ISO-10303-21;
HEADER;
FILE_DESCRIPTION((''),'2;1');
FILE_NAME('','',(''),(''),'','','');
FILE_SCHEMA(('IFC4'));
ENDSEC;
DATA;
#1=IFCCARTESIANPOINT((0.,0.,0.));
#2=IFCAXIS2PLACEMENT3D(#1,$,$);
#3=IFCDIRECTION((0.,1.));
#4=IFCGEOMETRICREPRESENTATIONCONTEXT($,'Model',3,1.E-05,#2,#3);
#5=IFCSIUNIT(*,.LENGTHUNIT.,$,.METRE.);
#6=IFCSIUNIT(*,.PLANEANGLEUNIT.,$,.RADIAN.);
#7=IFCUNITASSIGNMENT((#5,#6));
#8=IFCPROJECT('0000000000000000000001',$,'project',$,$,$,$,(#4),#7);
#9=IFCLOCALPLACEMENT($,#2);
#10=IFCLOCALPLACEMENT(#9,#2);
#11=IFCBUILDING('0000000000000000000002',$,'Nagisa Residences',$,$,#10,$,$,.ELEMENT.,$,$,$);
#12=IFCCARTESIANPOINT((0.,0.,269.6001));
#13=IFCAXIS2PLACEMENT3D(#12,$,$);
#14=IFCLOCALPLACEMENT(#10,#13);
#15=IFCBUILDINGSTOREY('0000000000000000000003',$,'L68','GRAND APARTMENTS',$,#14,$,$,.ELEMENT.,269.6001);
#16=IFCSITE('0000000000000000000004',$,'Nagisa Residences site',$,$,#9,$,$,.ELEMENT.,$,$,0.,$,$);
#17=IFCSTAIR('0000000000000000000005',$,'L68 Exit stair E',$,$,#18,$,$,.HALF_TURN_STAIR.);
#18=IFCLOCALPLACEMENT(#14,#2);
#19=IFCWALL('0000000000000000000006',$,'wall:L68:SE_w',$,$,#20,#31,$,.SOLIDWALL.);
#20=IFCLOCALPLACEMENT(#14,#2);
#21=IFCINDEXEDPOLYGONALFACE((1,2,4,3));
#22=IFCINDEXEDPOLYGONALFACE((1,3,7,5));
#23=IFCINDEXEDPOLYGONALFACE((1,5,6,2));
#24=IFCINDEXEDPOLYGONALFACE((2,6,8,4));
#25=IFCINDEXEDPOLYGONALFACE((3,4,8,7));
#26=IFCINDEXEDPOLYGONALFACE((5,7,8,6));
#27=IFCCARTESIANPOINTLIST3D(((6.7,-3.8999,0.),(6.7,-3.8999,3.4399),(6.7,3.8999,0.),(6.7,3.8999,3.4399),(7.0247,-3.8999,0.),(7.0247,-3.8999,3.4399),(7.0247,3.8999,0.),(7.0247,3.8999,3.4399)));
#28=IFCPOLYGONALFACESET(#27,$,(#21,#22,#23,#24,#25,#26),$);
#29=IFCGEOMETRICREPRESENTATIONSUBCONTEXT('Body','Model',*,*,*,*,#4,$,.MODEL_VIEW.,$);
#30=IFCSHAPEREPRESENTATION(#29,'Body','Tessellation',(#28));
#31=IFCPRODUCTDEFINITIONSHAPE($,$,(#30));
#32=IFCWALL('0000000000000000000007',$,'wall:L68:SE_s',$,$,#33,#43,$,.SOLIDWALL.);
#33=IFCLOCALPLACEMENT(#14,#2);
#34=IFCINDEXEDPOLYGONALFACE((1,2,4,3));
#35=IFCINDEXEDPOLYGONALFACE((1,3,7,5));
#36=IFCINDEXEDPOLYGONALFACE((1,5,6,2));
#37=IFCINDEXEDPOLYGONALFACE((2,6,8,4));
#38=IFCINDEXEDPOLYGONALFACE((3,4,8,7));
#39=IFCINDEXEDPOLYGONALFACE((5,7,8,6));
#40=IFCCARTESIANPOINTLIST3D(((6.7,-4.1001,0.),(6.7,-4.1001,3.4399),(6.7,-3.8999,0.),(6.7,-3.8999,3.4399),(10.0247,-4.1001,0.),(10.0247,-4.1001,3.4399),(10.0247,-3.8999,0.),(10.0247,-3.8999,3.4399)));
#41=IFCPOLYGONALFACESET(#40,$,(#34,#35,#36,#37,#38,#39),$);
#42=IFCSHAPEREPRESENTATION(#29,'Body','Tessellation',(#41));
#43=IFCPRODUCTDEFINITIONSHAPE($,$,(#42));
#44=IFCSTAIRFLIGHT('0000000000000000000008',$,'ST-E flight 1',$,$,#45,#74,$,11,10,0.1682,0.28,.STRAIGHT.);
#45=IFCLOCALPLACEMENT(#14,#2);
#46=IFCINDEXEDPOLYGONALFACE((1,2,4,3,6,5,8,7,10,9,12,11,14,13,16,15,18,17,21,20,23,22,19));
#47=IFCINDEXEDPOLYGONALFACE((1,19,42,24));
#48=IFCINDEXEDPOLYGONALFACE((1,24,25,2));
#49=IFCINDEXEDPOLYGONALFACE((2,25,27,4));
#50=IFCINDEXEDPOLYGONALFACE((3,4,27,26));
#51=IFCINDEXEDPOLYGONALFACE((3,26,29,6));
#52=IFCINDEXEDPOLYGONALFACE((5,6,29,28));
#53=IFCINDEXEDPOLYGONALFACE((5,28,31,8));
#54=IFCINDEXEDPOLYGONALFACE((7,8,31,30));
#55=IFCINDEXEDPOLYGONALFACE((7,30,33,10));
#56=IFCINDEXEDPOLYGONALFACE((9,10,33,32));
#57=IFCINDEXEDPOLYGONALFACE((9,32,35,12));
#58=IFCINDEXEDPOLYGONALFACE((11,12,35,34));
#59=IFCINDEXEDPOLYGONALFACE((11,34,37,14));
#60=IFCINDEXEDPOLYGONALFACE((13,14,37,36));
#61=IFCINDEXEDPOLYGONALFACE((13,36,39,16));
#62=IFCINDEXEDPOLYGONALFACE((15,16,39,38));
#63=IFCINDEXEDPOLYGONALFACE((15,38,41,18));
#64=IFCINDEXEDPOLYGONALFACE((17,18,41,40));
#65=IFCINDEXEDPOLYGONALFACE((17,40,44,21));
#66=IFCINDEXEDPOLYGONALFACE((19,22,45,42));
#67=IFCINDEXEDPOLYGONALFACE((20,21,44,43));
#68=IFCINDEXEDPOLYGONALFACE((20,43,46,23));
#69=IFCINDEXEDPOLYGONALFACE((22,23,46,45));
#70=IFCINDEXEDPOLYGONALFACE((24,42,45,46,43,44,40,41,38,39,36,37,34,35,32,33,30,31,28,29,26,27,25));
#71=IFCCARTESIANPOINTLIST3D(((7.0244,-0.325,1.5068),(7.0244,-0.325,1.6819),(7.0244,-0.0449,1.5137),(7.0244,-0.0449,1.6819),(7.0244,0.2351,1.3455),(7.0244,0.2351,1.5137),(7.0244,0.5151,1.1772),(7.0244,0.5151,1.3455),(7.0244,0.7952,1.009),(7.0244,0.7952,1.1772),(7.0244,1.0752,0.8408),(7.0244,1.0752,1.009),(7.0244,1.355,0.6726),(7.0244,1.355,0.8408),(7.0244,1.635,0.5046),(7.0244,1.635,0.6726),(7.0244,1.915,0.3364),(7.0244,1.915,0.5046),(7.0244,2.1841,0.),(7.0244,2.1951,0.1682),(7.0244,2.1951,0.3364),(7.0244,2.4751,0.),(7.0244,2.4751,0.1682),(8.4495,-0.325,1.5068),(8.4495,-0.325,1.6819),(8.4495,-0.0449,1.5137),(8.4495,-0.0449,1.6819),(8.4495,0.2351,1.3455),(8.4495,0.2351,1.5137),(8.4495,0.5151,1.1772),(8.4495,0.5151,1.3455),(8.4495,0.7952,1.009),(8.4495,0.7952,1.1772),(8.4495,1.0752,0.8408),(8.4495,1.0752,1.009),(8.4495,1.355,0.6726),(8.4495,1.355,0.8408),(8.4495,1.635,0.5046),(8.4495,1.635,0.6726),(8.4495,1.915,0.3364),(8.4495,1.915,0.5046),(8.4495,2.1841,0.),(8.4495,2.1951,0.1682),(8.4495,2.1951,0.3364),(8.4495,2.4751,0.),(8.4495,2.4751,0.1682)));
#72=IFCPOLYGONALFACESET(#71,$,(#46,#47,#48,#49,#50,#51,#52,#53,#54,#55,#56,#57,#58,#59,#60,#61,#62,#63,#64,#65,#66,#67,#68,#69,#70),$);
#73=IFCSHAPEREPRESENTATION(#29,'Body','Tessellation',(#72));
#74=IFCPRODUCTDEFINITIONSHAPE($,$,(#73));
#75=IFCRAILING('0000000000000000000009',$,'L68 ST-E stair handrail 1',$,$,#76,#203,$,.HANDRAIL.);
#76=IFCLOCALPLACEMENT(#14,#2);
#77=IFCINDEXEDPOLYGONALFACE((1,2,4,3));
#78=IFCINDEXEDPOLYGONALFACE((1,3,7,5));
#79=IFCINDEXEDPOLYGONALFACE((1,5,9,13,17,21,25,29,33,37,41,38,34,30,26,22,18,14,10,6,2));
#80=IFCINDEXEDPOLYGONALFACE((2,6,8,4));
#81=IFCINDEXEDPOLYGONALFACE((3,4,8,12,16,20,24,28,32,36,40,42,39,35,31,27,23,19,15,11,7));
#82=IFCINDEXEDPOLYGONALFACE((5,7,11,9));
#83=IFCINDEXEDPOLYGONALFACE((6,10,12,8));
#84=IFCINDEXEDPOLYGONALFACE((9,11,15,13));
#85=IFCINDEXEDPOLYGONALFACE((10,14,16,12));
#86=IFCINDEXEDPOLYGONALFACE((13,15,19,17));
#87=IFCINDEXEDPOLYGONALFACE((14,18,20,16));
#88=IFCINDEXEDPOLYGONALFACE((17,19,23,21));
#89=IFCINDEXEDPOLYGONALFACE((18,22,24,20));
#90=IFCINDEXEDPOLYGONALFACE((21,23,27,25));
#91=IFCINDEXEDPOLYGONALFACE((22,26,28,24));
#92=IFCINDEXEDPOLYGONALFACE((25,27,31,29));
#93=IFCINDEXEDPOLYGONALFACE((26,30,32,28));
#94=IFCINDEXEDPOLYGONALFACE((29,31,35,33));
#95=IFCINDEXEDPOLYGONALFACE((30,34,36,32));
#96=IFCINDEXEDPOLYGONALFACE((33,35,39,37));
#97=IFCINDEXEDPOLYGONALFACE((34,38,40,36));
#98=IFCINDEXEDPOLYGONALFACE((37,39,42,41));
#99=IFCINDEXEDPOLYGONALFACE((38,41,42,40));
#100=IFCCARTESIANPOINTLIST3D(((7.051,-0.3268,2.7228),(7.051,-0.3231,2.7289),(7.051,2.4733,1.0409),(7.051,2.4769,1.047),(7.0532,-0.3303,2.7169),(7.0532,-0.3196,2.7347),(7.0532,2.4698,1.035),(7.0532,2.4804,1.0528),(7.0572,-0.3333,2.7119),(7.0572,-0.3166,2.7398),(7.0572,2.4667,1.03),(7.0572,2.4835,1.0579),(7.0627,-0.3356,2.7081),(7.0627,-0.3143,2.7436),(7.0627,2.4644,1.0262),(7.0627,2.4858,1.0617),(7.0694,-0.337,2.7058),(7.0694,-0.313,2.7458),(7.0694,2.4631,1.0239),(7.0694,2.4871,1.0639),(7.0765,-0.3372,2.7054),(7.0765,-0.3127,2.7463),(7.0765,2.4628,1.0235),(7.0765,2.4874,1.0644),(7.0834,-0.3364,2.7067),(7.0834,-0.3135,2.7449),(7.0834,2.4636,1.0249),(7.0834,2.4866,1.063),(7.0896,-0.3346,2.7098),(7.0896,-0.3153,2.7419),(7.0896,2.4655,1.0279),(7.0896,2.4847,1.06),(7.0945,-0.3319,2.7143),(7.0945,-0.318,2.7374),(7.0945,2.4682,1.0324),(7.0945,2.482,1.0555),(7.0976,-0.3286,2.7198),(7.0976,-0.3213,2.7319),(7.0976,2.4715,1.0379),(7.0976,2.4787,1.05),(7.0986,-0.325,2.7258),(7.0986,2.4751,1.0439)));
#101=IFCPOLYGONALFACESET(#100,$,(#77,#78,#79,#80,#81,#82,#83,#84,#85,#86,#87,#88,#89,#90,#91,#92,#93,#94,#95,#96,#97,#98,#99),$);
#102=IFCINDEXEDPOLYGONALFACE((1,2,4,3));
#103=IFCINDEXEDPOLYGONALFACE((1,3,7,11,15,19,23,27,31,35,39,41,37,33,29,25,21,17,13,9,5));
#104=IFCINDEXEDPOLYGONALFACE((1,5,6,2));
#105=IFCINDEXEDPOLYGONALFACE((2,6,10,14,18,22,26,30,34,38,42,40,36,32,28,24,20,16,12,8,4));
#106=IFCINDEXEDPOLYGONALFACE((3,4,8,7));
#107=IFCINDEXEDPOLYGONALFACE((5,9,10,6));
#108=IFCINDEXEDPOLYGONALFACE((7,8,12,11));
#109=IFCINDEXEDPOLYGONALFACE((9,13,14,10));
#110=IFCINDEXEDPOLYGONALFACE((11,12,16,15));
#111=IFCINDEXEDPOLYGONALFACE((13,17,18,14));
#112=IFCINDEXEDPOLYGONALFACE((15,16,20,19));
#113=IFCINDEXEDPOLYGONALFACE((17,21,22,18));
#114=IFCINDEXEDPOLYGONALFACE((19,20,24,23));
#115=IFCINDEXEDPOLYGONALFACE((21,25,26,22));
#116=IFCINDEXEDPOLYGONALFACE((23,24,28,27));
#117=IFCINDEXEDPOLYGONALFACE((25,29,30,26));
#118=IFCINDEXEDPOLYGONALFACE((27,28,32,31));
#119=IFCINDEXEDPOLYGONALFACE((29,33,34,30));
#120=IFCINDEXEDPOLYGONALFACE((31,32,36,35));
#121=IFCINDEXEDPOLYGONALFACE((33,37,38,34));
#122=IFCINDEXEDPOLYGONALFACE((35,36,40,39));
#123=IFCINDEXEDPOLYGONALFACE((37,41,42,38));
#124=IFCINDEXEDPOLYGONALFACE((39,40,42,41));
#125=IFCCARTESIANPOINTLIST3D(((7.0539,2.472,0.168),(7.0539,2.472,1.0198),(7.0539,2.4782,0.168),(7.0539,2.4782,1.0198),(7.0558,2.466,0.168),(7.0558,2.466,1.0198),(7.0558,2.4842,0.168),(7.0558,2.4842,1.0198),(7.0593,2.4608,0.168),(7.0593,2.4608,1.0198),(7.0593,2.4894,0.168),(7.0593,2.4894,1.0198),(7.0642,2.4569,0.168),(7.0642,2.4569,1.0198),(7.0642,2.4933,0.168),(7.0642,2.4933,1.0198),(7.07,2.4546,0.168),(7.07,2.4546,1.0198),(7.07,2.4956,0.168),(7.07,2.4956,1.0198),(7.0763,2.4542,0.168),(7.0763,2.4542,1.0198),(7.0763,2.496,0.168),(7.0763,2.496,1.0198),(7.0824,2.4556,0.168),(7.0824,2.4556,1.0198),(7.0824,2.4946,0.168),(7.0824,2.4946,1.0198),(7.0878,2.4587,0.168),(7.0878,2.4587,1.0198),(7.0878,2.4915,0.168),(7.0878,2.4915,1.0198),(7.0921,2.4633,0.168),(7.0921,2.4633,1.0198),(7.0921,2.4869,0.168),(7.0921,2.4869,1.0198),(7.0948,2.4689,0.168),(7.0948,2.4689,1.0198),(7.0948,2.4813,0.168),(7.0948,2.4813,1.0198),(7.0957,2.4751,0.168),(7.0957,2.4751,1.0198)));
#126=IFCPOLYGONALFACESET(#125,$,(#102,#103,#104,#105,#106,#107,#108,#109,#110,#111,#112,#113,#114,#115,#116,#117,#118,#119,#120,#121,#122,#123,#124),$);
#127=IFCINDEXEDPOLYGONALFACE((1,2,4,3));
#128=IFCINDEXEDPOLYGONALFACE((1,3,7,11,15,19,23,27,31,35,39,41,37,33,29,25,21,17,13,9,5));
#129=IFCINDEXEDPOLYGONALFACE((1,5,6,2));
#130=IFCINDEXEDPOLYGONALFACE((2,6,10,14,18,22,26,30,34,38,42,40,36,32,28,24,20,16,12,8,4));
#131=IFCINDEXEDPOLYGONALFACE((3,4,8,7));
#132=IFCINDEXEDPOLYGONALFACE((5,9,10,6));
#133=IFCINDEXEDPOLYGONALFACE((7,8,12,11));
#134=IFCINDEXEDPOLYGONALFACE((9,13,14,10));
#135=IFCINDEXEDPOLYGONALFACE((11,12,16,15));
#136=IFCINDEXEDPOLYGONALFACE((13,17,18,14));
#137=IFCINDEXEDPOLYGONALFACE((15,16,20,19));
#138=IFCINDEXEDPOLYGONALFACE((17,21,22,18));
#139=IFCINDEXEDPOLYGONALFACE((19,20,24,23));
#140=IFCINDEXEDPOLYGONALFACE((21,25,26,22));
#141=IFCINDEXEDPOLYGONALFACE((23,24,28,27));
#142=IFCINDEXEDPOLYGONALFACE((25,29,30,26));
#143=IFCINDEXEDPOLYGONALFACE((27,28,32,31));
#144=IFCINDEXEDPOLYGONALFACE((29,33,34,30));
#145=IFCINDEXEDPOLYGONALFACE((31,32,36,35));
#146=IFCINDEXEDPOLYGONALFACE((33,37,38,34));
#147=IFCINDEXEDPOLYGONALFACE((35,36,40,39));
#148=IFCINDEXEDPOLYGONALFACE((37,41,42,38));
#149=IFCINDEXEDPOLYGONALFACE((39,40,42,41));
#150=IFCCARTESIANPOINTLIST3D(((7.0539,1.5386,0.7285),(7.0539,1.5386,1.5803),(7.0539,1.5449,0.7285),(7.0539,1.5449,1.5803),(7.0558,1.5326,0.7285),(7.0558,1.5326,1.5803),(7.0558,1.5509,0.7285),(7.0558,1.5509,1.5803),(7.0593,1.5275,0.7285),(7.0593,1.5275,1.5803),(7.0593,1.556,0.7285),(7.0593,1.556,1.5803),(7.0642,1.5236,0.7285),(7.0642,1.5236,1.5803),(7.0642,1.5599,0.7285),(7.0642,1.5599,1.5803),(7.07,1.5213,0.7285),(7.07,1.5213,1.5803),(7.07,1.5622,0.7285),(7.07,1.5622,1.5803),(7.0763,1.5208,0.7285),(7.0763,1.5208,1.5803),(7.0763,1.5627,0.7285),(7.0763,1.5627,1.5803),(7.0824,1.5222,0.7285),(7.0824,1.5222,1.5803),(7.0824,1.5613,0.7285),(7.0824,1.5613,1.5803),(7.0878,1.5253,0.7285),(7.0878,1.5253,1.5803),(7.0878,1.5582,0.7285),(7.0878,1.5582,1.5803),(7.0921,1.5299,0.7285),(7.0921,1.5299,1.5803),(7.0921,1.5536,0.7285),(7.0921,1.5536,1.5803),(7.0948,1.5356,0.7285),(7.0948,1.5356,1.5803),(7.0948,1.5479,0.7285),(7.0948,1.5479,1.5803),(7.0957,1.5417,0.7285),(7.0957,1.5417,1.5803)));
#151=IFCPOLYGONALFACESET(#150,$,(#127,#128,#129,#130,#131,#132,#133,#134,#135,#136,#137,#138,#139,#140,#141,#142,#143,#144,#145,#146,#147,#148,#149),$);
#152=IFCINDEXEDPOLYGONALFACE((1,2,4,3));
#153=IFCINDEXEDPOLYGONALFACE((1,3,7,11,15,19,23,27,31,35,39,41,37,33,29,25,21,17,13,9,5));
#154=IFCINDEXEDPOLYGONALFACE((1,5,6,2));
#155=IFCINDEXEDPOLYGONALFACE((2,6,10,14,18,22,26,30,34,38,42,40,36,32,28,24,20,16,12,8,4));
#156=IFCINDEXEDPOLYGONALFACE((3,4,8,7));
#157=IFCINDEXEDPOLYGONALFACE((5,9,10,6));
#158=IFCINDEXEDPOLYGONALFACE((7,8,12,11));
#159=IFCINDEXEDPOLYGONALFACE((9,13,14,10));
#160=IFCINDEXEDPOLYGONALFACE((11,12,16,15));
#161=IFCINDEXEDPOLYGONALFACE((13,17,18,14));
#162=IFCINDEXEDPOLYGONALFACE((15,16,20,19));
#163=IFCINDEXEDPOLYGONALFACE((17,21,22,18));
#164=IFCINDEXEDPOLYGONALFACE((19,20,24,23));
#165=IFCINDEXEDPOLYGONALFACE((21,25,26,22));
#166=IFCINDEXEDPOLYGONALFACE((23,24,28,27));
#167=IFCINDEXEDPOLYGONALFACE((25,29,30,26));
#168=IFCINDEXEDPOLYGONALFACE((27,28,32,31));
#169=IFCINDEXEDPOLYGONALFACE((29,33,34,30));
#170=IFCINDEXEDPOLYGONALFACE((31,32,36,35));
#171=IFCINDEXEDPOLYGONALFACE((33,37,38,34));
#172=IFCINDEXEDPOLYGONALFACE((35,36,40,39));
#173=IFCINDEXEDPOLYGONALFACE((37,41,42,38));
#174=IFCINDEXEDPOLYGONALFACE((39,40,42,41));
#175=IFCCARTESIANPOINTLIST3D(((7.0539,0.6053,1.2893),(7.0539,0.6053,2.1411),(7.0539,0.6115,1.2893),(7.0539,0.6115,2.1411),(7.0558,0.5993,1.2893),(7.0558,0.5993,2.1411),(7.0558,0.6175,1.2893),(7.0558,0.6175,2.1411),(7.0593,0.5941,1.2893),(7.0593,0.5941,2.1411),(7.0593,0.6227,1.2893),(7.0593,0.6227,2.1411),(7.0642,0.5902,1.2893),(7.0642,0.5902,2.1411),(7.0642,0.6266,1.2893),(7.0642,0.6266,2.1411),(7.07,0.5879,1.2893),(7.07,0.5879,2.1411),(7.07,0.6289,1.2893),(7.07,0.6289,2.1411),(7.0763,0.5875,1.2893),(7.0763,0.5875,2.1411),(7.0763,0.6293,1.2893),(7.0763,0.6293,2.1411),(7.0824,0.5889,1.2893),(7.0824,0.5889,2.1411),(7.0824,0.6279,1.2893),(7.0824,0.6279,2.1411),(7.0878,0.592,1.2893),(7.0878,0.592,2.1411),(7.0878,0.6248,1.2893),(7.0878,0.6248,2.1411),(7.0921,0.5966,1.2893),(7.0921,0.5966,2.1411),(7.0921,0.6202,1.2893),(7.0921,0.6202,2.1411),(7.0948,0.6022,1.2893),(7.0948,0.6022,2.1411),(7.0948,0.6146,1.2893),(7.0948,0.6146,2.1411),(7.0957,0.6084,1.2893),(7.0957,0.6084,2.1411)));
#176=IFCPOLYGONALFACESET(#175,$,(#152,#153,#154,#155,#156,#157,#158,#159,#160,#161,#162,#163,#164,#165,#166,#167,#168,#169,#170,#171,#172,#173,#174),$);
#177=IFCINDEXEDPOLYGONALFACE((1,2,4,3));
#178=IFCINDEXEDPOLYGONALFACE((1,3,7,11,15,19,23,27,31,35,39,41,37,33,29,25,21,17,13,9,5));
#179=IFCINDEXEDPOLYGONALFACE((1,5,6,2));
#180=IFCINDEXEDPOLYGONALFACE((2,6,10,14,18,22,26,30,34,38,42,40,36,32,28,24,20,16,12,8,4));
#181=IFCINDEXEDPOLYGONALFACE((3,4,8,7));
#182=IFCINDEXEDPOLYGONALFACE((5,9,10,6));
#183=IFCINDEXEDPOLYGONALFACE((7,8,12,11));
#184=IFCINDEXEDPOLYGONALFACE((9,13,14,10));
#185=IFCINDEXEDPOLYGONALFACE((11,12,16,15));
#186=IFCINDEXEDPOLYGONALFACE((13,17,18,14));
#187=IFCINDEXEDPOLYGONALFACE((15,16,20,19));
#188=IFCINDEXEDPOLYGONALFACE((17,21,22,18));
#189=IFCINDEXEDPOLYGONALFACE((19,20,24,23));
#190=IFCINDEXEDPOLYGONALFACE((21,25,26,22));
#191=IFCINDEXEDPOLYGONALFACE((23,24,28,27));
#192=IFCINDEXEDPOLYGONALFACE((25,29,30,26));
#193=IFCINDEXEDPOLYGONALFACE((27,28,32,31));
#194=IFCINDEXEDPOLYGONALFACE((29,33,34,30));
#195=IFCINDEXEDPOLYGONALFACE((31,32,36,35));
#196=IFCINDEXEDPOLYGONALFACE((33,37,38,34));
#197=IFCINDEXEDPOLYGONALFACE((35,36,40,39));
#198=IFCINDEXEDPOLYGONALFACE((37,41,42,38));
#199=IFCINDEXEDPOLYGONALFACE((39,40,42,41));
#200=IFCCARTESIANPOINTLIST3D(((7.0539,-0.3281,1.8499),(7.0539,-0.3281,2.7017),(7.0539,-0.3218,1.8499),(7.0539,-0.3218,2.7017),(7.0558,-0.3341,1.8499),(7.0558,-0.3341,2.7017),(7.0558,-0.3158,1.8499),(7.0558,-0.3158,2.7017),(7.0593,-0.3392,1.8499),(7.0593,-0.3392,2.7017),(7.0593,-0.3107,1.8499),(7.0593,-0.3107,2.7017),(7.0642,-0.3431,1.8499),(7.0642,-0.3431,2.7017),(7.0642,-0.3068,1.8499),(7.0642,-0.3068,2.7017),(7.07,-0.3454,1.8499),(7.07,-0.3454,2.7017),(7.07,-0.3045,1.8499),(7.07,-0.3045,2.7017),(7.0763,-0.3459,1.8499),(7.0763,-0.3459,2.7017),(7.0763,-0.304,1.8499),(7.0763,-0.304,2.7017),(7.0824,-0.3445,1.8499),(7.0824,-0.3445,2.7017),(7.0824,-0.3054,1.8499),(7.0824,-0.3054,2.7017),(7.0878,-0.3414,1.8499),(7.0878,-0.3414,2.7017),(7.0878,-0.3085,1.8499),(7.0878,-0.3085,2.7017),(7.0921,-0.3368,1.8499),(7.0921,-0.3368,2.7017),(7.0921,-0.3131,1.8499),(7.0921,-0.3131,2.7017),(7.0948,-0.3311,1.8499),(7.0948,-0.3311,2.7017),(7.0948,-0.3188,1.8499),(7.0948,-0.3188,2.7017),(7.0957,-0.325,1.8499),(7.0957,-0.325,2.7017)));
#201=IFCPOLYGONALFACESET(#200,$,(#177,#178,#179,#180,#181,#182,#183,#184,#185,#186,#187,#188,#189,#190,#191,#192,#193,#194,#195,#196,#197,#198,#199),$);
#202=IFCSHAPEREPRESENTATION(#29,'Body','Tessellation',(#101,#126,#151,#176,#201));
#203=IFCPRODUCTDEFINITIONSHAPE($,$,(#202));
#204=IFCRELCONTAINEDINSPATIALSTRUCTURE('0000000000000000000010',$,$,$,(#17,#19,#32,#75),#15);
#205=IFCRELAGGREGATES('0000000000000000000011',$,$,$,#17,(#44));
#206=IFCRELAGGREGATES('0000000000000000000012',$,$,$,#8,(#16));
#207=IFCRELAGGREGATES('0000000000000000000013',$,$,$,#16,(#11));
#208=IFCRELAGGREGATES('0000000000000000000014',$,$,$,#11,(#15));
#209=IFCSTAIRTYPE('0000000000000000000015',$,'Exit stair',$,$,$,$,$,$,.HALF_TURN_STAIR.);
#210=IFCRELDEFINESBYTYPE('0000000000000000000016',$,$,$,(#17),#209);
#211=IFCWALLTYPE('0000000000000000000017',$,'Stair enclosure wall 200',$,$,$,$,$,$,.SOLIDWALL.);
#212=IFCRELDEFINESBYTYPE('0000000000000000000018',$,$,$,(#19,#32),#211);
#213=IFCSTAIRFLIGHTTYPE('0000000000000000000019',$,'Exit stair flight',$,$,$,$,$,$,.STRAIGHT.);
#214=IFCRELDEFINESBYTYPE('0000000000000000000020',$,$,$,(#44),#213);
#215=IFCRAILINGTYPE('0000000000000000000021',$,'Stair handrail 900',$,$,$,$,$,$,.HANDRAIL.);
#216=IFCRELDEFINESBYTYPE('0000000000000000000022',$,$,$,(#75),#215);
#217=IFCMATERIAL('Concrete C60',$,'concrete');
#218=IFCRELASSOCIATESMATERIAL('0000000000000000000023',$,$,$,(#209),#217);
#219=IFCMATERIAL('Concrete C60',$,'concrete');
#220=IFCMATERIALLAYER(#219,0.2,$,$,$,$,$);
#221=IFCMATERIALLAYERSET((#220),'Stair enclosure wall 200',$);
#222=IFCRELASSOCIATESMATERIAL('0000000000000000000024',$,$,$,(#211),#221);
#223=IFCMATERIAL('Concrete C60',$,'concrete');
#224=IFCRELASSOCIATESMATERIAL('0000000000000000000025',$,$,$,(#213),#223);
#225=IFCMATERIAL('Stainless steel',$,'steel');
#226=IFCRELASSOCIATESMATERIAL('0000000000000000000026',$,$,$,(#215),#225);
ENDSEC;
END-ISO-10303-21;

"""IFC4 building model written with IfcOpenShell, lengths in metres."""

from ifc_helpers import new_model, si_unit, direction, frame, origin, origin_2d, place, context, subcontext, project, spatial, polyline, circle, outline, extrude, material, layer, layer_set, type_object, element, aggregate, save


model = new_model("IFC4")

# Units and contexts
model_context = context("Model", 3, precision=1e-05, world=origin(), true_north=direction((0.0, 1.0)))
body_context = subcontext(model_context, "Body", "Model", "MODEL_VIEW")
ifc_project = project(units=[si_unit("LENGTHUNIT", "METRE"), si_unit("PLANEANGLEUNIT", "RADIAN")], contexts=[model_context])

# Site, building, storey
site_placement = place(None, origin())
site = spatial("IfcSite", under=ifc_project, at=site_placement, Name="Nagisa Residences site", CompositionType="ELEMENT", RefElevation=0.0)
building_placement = place(site_placement, origin())
building = spatial("IfcBuilding", under=site, at=building_placement, Name="Nagisa Residences", CompositionType="ELEMENT")
storey_placement = place(building_placement, frame((0.0, 0.0, 269.6001)))
storey = spatial("IfcBuildingStorey", under=building, at=storey_placement, Name="L68", Description="GRAND APARTMENTS", CompositionType="ELEMENT", Elevation=269.6001)

# Stair
ifc_material_1 = material(Name="Concrete C60", Category="concrete")
stair_type = type_object("IfcStairType", Name="Exit stair", PredefinedType="HALF_TURN_STAIR", material=ifc_material_1)
stair_1_placement = place(storey_placement, origin())
stair_1 = element("IfcStair", 1, at=stair_1_placement, inside=storey, type_object=stair_type, Name="L68 Exit stair E", PredefinedType="HALF_TURN_STAIR")

# Shared definitions
ifc_material_2 = material(Name="Concrete C60", Category="concrete")
ifc_layer_1 = layer(ifc_material_2, 0.2)
ifc_layer_set_1 = layer_set([ifc_layer_1], Name="Stair enclosure wall 200")
wall_type_1 = type_object("IfcWallType", Name="Stair enclosure wall 200", PredefinedType="SOLIDWALL", material=ifc_layer_set_1)

# Walls
wall_1_placement = place(storey_placement, origin())
element("IfcWall", 2, at=wall_1_placement, inside=storey, type_object=wall_type_1, Name="wall:L68:SE_w", PredefinedType="SOLIDWALL", context=body_context, shape_type="SweptSolid", body=[
    extrude(outline(polyline([(7.0247, -3.8999), (6.7, -3.8999), (6.7, 3.8999), (7.0247, 3.8999), (7.0247, -3.8999)])), origin(), (0.0, 0.0, 1.0), 3.4399),
])
wall_2_placement = place(storey_placement, origin())
element("IfcWall", 3, at=wall_2_placement, inside=storey, type_object=wall_type_1, Name="wall:L68:SE_s", PredefinedType="SOLIDWALL", context=body_context, shape_type="SweptSolid", body=[
    extrude(outline(polyline([(10.0247, -4.1001), (6.7, -4.1001), (6.7, -3.8999), (10.0247, -3.8999), (10.0247, -4.1001)])), origin(), (0.0, 0.0, 1.0), 3.4399),
])

# Stair flight
ifc_material_3 = material(Name="Concrete C60", Category="concrete")
stair_flight_type = type_object("IfcStairFlightType", Name="Exit stair flight", PredefinedType="STRAIGHT", material=ifc_material_3)
stair_flight_placement = place(storey_placement, frame((7.7371, 2.4751, 0.0), z_axis=(0.0, 0.0, 1.0), x_axis=(0.0, -1.0, 0.0)))
stair_flight = element("IfcStairFlight", 4, at=stair_flight_placement, type_object=stair_flight_type, Name="ST-E flight 1", NumberOfRisers=11, NumberOfTreads=10, PredefinedType="STRAIGHT", RiserHeight=0.1682, TreadLength=0.28, context=body_context, shape_type="SweptSolid", body=[
    extrude(outline(polyline([(0.0, 0.0), (0.0, 0.1682), (0.28, 0.1682), (0.28, 0.3364), (0.5601, 0.3364), (0.5601, 0.5046), (0.8401, 0.5046), (0.8401, 0.6726), (1.1201, 0.6726), (1.1201, 0.8408), (1.3999, 0.8408), (1.3999, 1.009), (1.6799, 1.009), (1.6799, 1.1772), (1.96, 1.1772), (1.96, 1.3455), (2.24, 1.3455), (2.24, 1.5137), (2.52, 1.5137), (2.52, 1.6819), (2.8, 1.6819), (2.8, 1.8501), (2.8, 1.5068), (0.291, 0.0), (0.0, 0.0)])), frame((0.0, 0.7124, 0.0), z_axis=(0.0, -1.0, 0.0), x_axis=(1.0, 0.0, 0.0)), (0.0, 0.0, 1.0), 1.425),
])
aggregate(stair_1, [stair_flight])

# Railing
ifc_material_4 = material(Name="Stainless steel", Category="steel")
railing_type = type_object("IfcRailingType", Name="Stair handrail 900", PredefinedType="HANDRAIL", material=ifc_material_4)
railing_placement = place(storey_placement, frame((7.0747, 2.4751, 0.168)))
element("IfcRailing", 5, at=railing_placement, inside=storey, type_object=railing_type, Name="L68 ST-E stair handrail 1", PredefinedType="HANDRAIL", context=body_context, shape_type="SweptSolid", body=[
    extrude(circle(Radius=0.0239, at=origin_2d()), frame((0.0, 0.0, 0.876), z_axis=(0.0, -0.857242, 0.514913), x_axis=(1.0, 0.0, 0.0)), (0.0, 0.0, 1.0), 3.2664),
    extrude(circle(Radius=0.021, at=origin_2d()), origin(), (0.0, 0.0, 1.0), 0.8518),
    extrude(circle(Radius=0.021, at=origin_2d()), frame((0.0, -0.9333, 0.5605)), (0.0, 0.0, 1.0), 0.8518),
    extrude(circle(Radius=0.021, at=origin_2d()), frame((0.0, -1.8667, 1.1213)), (0.0, 0.0, 1.0), 0.8518),
    extrude(circle(Radius=0.021, at=origin_2d()), frame((0.0, -2.8, 1.6819)), (0.0, 0.0, 1.0), 0.8518),
])

save(model, "model.ifc")
